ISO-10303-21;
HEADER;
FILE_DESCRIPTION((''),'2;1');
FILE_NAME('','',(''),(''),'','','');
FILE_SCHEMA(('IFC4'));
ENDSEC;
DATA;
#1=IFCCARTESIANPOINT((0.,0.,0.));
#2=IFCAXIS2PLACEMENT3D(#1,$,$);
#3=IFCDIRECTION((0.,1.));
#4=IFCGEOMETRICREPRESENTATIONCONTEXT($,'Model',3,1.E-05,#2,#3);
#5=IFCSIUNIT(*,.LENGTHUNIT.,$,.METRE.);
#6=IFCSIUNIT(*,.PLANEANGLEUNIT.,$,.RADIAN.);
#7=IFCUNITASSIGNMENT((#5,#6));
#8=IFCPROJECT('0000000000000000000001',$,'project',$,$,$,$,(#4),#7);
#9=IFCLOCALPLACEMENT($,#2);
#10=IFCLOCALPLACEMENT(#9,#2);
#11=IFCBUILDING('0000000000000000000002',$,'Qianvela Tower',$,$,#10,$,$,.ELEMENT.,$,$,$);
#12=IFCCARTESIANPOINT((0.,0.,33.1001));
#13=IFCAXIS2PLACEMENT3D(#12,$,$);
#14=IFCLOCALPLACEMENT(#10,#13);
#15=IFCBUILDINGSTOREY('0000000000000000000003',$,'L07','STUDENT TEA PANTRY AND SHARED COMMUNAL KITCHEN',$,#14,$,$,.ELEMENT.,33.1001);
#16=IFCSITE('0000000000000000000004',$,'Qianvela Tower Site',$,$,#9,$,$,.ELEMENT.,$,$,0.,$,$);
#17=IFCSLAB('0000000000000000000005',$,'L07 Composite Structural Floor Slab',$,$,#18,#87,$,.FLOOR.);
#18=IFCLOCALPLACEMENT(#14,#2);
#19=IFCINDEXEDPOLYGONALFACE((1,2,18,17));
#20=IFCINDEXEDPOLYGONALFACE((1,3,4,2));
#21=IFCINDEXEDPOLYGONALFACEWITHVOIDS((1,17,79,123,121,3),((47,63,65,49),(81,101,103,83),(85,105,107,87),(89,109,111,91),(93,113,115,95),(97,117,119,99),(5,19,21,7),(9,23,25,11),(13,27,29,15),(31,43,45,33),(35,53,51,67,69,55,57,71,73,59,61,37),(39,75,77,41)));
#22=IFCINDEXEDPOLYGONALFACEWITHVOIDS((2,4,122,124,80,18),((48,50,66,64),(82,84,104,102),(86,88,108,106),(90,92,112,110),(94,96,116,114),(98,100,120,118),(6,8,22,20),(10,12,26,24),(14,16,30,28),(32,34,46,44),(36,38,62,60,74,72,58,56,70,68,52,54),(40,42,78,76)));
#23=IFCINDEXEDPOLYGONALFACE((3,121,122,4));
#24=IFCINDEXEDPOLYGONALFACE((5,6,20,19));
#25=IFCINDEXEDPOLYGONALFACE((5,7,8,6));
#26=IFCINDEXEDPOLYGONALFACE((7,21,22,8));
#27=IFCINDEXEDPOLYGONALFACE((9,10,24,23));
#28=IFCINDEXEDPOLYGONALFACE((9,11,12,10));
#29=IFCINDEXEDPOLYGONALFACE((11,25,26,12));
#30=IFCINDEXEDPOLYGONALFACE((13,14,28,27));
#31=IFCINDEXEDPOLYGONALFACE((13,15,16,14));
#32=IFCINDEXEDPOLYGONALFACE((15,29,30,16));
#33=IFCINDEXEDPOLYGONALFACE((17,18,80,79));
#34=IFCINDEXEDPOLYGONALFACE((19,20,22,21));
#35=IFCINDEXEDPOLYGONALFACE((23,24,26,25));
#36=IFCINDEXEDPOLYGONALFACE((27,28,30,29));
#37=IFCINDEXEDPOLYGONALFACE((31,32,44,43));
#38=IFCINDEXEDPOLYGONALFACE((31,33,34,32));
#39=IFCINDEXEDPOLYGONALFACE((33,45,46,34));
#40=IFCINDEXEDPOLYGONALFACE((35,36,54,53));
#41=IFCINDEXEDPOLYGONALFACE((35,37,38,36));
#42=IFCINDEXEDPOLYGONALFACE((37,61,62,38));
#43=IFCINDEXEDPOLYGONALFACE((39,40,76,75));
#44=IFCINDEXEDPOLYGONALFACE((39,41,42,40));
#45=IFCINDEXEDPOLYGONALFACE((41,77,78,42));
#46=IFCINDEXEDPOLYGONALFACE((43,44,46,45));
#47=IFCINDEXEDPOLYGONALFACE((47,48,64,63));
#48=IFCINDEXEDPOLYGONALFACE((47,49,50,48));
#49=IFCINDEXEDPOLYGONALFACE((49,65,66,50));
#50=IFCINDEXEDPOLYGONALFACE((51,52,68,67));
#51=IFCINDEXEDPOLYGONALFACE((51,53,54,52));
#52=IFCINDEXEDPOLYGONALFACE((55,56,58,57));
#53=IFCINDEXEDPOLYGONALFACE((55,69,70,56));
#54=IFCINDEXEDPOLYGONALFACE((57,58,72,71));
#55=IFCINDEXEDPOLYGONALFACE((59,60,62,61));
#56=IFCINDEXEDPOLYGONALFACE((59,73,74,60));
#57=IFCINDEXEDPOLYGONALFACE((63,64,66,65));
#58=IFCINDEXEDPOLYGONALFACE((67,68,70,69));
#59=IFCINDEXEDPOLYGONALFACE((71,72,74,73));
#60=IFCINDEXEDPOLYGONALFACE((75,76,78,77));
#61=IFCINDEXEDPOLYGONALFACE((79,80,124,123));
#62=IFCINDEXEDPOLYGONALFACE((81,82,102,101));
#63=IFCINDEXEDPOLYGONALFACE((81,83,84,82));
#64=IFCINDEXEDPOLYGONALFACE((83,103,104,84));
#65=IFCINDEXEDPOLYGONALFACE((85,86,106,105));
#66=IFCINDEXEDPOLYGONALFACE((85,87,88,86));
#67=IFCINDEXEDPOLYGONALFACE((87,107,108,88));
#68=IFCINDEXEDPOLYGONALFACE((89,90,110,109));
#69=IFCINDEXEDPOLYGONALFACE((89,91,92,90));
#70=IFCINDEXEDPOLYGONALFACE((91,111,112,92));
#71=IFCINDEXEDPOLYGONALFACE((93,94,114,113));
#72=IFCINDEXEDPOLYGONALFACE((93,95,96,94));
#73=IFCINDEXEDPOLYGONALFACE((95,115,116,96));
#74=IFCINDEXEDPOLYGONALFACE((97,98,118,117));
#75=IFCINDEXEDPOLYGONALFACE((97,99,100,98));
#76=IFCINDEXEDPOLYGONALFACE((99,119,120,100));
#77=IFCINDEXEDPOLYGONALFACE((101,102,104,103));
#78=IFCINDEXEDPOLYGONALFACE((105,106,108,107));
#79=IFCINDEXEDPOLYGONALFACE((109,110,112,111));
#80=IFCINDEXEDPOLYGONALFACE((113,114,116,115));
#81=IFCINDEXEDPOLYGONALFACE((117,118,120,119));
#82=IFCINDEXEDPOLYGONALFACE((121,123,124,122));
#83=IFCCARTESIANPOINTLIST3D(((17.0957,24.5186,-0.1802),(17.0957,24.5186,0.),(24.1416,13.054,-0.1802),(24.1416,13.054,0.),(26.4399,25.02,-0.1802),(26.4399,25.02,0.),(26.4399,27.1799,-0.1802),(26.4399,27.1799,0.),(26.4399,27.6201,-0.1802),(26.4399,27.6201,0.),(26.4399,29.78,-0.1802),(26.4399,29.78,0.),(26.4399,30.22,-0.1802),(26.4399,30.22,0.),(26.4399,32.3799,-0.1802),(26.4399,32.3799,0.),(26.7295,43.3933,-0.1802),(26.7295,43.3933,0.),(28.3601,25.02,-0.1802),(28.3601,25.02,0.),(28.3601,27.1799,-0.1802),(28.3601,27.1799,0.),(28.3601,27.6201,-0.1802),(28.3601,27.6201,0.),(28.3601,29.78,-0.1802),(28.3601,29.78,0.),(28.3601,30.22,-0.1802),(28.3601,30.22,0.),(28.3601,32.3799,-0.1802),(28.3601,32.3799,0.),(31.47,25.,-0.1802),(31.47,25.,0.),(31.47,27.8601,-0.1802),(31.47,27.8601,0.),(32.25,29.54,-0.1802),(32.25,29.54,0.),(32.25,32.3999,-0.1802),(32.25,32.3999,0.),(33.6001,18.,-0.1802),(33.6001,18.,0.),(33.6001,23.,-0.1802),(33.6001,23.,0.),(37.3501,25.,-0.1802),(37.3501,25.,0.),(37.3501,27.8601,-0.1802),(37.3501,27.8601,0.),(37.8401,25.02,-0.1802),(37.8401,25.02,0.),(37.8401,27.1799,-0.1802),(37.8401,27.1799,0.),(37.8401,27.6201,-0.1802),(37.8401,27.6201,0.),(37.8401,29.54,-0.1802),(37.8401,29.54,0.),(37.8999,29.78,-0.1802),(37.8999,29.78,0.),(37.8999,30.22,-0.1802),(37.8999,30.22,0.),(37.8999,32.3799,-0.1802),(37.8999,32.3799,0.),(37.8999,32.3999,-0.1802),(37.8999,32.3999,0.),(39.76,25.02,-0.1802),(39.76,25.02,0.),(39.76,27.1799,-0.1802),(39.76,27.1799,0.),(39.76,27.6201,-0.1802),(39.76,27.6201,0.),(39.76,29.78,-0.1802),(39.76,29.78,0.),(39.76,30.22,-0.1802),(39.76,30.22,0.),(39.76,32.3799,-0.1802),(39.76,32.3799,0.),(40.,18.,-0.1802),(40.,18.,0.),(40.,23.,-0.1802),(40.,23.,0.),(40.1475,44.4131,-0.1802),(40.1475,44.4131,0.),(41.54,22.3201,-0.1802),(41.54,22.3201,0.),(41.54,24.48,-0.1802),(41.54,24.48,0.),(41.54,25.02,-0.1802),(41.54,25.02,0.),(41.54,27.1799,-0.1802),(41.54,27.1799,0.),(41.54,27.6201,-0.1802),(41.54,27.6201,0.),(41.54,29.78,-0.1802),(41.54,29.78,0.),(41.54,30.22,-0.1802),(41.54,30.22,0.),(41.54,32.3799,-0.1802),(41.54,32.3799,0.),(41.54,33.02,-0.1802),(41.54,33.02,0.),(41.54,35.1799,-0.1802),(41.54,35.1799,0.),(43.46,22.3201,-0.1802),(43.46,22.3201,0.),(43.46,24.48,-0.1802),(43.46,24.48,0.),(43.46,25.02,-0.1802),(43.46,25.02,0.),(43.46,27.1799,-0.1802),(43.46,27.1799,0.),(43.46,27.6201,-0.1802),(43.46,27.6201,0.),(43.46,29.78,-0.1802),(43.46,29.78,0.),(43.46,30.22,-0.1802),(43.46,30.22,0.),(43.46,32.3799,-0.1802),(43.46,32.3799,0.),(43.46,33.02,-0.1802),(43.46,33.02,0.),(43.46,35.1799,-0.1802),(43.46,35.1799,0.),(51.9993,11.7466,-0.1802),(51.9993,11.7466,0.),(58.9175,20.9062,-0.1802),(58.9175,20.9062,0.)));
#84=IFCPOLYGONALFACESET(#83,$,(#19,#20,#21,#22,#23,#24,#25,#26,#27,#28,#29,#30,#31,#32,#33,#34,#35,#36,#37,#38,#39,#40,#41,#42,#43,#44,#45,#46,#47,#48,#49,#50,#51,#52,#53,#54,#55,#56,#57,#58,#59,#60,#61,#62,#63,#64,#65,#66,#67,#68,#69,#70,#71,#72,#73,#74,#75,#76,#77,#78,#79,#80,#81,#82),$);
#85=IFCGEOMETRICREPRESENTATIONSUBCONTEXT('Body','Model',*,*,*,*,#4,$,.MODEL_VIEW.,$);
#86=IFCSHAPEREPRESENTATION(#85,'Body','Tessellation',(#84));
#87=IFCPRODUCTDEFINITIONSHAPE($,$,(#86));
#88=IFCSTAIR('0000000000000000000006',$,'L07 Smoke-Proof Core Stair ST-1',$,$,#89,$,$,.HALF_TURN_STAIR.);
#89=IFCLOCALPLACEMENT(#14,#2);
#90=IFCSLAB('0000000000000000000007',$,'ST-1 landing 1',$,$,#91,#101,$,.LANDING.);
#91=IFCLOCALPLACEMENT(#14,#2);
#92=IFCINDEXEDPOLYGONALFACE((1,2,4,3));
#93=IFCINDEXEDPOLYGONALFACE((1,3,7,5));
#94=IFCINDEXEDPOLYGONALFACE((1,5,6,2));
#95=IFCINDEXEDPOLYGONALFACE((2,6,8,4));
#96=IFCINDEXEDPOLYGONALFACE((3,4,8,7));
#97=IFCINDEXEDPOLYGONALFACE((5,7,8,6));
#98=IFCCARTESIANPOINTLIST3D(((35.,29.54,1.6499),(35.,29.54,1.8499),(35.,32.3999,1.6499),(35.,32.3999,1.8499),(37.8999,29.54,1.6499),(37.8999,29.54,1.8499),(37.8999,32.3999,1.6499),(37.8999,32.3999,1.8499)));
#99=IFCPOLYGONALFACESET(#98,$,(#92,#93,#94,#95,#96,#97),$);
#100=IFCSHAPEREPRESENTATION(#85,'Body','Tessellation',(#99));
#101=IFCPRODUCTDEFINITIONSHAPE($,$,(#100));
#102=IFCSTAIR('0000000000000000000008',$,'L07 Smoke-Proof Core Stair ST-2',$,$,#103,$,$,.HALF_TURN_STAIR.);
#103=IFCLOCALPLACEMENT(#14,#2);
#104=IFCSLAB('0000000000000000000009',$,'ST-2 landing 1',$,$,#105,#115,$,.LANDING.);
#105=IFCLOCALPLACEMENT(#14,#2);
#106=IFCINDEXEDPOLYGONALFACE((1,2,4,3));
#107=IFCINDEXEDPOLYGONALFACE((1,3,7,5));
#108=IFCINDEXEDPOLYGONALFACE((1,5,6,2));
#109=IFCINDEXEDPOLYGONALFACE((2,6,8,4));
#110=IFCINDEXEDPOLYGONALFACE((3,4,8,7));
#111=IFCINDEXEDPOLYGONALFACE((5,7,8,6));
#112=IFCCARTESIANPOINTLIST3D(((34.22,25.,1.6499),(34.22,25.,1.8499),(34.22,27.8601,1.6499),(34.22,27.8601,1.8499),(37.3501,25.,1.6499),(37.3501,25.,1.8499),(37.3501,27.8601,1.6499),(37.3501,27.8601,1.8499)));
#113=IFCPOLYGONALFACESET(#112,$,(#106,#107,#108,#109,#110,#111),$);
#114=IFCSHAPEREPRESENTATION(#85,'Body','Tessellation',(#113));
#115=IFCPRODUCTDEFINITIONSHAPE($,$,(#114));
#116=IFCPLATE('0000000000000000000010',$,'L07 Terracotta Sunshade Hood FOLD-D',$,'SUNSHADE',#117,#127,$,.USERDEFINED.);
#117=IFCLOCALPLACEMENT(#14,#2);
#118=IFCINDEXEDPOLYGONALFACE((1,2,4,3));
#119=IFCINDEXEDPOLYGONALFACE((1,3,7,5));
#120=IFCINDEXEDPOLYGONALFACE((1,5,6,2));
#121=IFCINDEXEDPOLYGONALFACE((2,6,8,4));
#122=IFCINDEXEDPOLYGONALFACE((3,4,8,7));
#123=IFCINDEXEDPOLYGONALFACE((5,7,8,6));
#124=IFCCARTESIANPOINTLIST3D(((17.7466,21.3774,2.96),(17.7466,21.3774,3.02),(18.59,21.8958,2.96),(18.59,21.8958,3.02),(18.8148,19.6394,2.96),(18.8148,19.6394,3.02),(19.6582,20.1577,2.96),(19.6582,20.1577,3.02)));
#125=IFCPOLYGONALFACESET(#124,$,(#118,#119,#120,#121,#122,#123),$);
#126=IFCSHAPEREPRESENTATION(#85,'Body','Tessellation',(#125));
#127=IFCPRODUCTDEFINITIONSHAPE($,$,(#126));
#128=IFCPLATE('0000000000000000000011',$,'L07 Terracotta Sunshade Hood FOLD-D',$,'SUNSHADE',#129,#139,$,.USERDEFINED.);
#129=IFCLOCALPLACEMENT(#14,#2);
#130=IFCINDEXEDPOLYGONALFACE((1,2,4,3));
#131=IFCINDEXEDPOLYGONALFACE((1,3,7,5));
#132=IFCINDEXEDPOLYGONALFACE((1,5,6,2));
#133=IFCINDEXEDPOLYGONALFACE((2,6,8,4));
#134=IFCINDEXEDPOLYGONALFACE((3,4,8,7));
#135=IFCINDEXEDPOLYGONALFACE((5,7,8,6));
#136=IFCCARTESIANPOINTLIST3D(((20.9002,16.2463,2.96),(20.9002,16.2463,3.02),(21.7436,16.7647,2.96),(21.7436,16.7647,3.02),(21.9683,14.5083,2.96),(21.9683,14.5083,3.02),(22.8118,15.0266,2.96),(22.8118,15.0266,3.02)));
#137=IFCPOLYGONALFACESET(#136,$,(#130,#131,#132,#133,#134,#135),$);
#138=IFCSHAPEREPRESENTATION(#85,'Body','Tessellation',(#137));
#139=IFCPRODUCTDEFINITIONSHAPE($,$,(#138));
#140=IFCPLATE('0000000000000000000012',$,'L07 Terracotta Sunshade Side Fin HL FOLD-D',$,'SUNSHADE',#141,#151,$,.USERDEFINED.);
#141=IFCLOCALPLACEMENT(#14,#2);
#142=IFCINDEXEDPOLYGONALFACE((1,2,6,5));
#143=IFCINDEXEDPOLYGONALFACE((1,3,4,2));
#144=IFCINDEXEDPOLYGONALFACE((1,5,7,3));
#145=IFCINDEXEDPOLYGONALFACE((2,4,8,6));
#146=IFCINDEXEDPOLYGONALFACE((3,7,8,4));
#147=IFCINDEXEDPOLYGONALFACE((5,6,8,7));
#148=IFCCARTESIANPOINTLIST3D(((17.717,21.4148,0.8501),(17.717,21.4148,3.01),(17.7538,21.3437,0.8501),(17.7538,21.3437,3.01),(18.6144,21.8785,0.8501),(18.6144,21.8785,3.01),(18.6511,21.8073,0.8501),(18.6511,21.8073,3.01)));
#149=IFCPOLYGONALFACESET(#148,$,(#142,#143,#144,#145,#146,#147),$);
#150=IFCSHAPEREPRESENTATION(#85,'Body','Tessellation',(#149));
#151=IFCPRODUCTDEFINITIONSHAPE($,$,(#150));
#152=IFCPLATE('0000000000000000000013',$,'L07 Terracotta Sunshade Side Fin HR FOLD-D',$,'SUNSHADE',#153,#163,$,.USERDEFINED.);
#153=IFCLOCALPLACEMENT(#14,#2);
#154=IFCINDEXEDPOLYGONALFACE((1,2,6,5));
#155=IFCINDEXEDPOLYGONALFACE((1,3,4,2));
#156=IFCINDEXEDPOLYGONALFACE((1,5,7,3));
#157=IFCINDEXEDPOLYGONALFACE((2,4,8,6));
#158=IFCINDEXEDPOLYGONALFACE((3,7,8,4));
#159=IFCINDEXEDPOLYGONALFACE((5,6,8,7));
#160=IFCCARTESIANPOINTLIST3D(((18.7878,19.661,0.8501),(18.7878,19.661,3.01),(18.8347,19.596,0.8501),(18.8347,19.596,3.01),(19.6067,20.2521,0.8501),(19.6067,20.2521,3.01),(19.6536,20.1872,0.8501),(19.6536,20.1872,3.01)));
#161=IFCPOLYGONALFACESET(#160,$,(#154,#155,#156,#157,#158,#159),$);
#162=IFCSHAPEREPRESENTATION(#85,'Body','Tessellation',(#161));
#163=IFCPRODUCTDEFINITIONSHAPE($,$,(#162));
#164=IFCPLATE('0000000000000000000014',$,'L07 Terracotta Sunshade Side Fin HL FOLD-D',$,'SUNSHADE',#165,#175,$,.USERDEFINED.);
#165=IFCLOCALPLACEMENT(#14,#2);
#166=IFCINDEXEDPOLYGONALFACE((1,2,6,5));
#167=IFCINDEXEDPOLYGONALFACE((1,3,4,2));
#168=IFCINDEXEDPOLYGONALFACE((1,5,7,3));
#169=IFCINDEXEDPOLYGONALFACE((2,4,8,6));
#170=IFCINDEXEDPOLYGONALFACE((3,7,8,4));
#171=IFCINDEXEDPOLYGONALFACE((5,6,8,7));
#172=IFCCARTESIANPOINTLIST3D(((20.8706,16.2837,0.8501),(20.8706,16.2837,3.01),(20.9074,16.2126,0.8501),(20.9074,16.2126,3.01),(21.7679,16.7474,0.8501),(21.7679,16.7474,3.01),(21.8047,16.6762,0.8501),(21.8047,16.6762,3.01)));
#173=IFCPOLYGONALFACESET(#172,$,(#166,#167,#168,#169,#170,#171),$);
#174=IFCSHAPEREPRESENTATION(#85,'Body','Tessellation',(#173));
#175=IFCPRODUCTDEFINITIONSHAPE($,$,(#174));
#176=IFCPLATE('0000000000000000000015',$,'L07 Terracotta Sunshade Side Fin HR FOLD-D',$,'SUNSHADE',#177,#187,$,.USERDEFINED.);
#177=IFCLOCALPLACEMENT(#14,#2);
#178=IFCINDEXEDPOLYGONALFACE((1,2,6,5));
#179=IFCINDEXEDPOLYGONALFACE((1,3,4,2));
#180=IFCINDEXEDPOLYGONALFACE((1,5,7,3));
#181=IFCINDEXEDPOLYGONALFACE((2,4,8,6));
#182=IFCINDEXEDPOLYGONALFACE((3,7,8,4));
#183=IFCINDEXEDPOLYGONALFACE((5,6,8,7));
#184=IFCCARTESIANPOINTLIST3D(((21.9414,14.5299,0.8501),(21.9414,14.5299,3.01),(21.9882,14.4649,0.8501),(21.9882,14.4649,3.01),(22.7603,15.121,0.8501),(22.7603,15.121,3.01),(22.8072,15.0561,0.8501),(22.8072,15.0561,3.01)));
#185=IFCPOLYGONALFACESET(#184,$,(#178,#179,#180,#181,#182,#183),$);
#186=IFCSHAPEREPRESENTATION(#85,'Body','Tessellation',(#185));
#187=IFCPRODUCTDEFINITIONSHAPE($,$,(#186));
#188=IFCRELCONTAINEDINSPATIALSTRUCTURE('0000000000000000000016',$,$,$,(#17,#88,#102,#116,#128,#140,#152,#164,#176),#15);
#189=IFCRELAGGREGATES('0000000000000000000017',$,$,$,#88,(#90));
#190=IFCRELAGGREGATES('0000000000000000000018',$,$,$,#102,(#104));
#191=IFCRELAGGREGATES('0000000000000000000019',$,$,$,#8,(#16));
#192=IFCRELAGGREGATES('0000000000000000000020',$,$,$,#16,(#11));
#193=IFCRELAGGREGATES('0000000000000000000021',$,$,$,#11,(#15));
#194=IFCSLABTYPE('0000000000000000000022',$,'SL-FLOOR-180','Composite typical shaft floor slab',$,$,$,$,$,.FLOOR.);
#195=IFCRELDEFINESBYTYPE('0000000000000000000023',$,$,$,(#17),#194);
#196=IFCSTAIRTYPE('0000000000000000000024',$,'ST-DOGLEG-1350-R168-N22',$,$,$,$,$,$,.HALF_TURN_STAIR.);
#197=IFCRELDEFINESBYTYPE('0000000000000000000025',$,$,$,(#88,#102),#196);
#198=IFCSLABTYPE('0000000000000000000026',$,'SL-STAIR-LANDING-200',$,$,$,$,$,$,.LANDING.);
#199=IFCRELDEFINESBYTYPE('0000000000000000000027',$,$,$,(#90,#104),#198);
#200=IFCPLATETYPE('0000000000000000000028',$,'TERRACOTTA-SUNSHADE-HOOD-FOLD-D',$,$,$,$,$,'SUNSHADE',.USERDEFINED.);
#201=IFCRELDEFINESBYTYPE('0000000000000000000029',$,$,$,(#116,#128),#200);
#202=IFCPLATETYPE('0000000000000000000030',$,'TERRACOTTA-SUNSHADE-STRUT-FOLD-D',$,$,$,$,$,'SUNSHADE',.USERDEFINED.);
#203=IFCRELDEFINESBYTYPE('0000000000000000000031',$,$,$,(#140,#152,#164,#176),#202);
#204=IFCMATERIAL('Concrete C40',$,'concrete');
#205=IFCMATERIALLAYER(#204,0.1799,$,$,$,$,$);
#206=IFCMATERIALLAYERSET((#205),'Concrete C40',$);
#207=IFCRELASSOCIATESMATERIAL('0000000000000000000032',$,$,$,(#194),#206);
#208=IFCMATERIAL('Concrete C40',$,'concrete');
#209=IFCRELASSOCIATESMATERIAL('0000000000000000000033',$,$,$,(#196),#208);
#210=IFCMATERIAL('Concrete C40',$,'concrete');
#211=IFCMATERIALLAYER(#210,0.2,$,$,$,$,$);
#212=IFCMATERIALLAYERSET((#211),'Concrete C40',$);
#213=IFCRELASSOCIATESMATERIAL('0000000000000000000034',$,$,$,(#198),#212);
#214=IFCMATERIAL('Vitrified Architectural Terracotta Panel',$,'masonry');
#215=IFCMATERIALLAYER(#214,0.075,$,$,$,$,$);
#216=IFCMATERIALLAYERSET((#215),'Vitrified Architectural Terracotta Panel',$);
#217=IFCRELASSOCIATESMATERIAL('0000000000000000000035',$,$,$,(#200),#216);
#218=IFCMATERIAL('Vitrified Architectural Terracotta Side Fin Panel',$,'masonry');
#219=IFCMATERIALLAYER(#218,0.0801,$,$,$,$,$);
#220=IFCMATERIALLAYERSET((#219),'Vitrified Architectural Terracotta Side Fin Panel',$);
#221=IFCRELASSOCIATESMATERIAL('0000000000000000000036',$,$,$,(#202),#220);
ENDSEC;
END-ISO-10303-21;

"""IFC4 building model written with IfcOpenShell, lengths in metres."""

from ifc_helpers import new_model, si_unit, direction, frame, origin, origin_2d, place, context, subcontext, project, spatial, polyline, rectangle, outline, extrude, material, layer, layer_set, type_object, element, aggregate, save


model = new_model("IFC4")

# Units and contexts
model_context = context("Model", 3, precision=1e-05, world=origin(), true_north=direction((0.0, 1.0)))
body_context = subcontext(model_context, "Body", "Model", "MODEL_VIEW")
ifc_project = project(units=[si_unit("LENGTHUNIT", "METRE"), si_unit("PLANEANGLEUNIT", "RADIAN")], contexts=[model_context])

# Site, building, storey
site_placement = place(None, origin())
site = spatial("IfcSite", under=ifc_project, at=site_placement, Name="Qianvela Tower Site", CompositionType="ELEMENT", RefElevation=0.0)
building_placement = place(site_placement, origin())
building = spatial("IfcBuilding", under=site, at=building_placement, Name="Qianvela Tower", CompositionType="ELEMENT")
storey_placement = place(building_placement, frame((0.0, 0.0, 33.1001)))
storey = spatial("IfcBuildingStorey", under=building, at=storey_placement, Name="L07", Description="STUDENT TEA PANTRY AND SHARED COMMUNAL KITCHEN", CompositionType="ELEMENT", Elevation=33.1001)

# Slab
ifc_material_1 = material(Name="Concrete C40", Category="concrete")
ifc_layer_1 = layer(ifc_material_1, 0.1799)
ifc_layer_set_1 = layer_set([ifc_layer_1], Name="Concrete C40")
slab_type_1 = type_object("IfcSlabType", Name="SL-FLOOR-180", Description="Composite typical shaft floor slab", PredefinedType="FLOOR", material=ifc_layer_set_1)
slab_1_placement = place(storey_placement, frame((0.0, 0.0, -0.1802)))
element("IfcSlab", 1, at=slab_1_placement, inside=storey, type_object=slab_type_1, Name="L07 Composite Structural Floor Slab", PredefinedType="FLOOR", context=body_context, shape_type="SweptSolid", body=[
    extrude(outline(polyline([(51.9993, 11.7466), (58.9175, 20.9062), (40.1475, 44.4131), (26.7295, 43.3933), (17.0957, 24.5186), (24.1416, 13.054), (51.9993, 11.7466)]), holes=[polyline([(40.0, 23.0), (33.6001, 23.0), (33.6001, 18.0), (40.0, 18.0), (40.0, 23.0)]), polyline([(28.3601, 25.02), (28.3601, 27.1799), (26.4399, 27.1799), (26.4399, 25.02), (28.3601, 25.02)]), polyline([(37.3501, 25.0), (37.3501, 27.8601), (31.47, 27.8601), (31.47, 25.0), (37.3501, 25.0)]), polyline([(28.3601, 27.6201), (28.3601, 29.78), (26.4399, 29.78), (26.4399, 27.6201), (28.3601, 27.6201)]), polyline([(37.8999, 32.3799), (37.8999, 32.3999), (32.25, 32.3999), (32.25, 29.54), (37.8401, 29.54), (37.8401, 27.6201), (39.76, 27.6201), (39.76, 29.78), (37.8999, 29.78), (37.8999, 30.22), (39.76, 30.22), (39.76, 32.3799), (37.8999, 32.3799)]), polyline([(28.3601, 30.22), (28.3601, 32.3799), (26.4399, 32.3799), (26.4399, 30.22), (28.3601, 30.22)]), polyline([(43.46, 24.48), (41.54, 24.48), (41.54, 22.3201), (43.46, 22.3201), (43.46, 24.48)]), polyline([(39.76, 25.02), (39.76, 27.1799), (37.8401, 27.1799), (37.8401, 25.02), (39.76, 25.02)]), polyline([(43.46, 25.02), (43.46, 27.1799), (41.54, 27.1799), (41.54, 25.02), (43.46, 25.02)]), polyline([(43.46, 27.6201), (43.46, 29.78), (41.54, 29.78), (41.54, 27.6201), (43.46, 27.6201)]), polyline([(43.46, 30.22), (43.46, 32.3799), (41.54, 32.3799), (41.54, 30.22), (43.46, 30.22)]), polyline([(43.46, 33.02), (43.46, 35.1799), (41.54, 35.1799), (41.54, 33.02), (43.46, 33.02)])]), origin(), (0.0, 0.0, 1.0), 0.1802),
])

# Stairs, slabs
ifc_material_2 = material(Name="Concrete C40", Category="concrete")
stair_type = type_object("IfcStairType", Name="ST-DOGLEG-1350-R168-N22", PredefinedType="HALF_TURN_STAIR", material=ifc_material_2)
stair_1_placement = place(storey_placement, origin())
stair_1 = element("IfcStair", 2, at=stair_1_placement, inside=storey, type_object=stair_type, Name="L07 Smoke-Proof Core Stair ST-1", PredefinedType="HALF_TURN_STAIR")
ifc_material_3 = material(Name="Concrete C40", Category="concrete")
ifc_layer_2 = layer(ifc_material_3, 0.2)
ifc_layer_set_2 = layer_set([ifc_layer_2], Name="Concrete C40")
slab_type_2 = type_object("IfcSlabType", Name="SL-STAIR-LANDING-200", PredefinedType="LANDING", material=ifc_layer_set_2)
slab_2_placement = place(storey_placement, frame((0.0, 0.0, 1.6499)))
slab_2 = element("IfcSlab", 3, at=slab_2_placement, type_object=slab_type_2, Name="ST-1 landing 1", PredefinedType="LANDING", context=body_context, shape_type="SweptSolid", body=[
    extrude(outline(polyline([(35.0, 29.54), (37.8999, 29.54), (37.8999, 32.3999), (35.0, 32.3999), (35.0, 29.54)])), origin(), (0.0, 0.0, 1.0), 0.2),
])
aggregate(stair_1, [slab_2])
stair_2_placement = place(storey_placement, origin())
stair_2 = element("IfcStair", 4, at=stair_2_placement, inside=storey, type_object=stair_type, Name="L07 Smoke-Proof Core Stair ST-2", PredefinedType="HALF_TURN_STAIR")
slab_3_placement = place(storey_placement, frame((0.0, 0.0, 1.6499)))
slab_3 = element("IfcSlab", 5, at=slab_3_placement, type_object=slab_type_2, Name="ST-2 landing 1", PredefinedType="LANDING", context=body_context, shape_type="SweptSolid", body=[
    extrude(outline(polyline([(34.22, 25.0), (37.3501, 25.0), (37.3501, 27.8601), (34.22, 27.8601), (34.22, 25.0)])), origin(), (0.0, 0.0, 1.0), 0.2),
])
aggregate(stair_2, [slab_3])

# Plates
ifc_material_4 = material(Name="Vitrified Architectural Terracotta Panel", Category="masonry")
ifc_layer_3 = layer(ifc_material_4, 0.075)
ifc_layer_set_3 = layer_set([ifc_layer_3], Name="Vitrified Architectural Terracotta Panel")
plate_type_1 = type_object("IfcPlateType", Name="TERRACOTTA-SUNSHADE-HOOD-FOLD-D", ElementType="SUNSHADE", PredefinedType="USERDEFINED", material=ifc_layer_set_3)
for number, where, z_axis, x_axis, name in (
    (6, (18.7024, 20.7676, 2.96), (0.0, 0.0, 1.0), (0.523599, -0.851965, 0.0), "L07 Terracotta Sunshade Hood FOLD-D"),
    (7, (21.856, 15.6365, 2.96), (0.0, 0.0, 1.0), (0.523599, -0.851965, 0.0), "L07 Terracotta Sunshade Hood FOLD-D"),
):
    element("IfcPlate", number, at=place(storey_placement, frame(where, z_axis=z_axis, x_axis=x_axis)), inside=storey, type_object=plate_type_1, Name=name, ObjectType="SUNSHADE", PredefinedType="USERDEFINED", context=body_context, shape_type="SweptSolid", body=[
        extrude(rectangle(XDim=2.04, YDim=0.99, at=origin_2d()), origin(), (0.0, 0.0, 1.0), 0.0601),
    ])
ifc_material_5 = material(Name="Vitrified Architectural Terracotta Side Fin Panel", Category="masonry")
ifc_layer_4 = layer(ifc_material_5, 0.0801)
ifc_layer_set_4 = layer_set([ifc_layer_4], Name="Vitrified Architectural Terracotta Side Fin Panel")
plate_type_2 = type_object("IfcPlateType", Name="TERRACOTTA-SUNSHADE-STRUT-FOLD-D", ElementType="SUNSHADE", PredefinedType="USERDEFINED", material=ifc_layer_set_4)
for number, where, z_axis, x_axis, name in (
    (8, (18.1841, 21.6111, 0.8501), (0.0, 0.0, 1.0), (0.459022, -0.888425, 0.0), "L07 Terracotta Sunshade Side Fin HL FOLD-D"),
    (9, (19.2207, 19.9241, 0.8501), (0.0, 0.0, 1.0), (0.585297, -0.810819, 0.0), "L07 Terracotta Sunshade Side Fin HR FOLD-D"),
    (10, (21.3376, 16.48, 0.8501), (0.0, 0.0, 1.0), (0.459022, -0.888425, 0.0), "L07 Terracotta Sunshade Side Fin HL FOLD-D"),
    (11, (22.3743, 14.793, 0.8501), (0.0, 0.0, 1.0), (0.585297, -0.810819, 0.0), "L07 Terracotta Sunshade Side Fin HR FOLD-D"),
):
    element("IfcPlate", number, at=place(storey_placement, frame(where, z_axis=z_axis, x_axis=x_axis)), inside=storey, type_object=plate_type_2, Name=name, ObjectType="SUNSHADE", PredefinedType="USERDEFINED", context=body_context, shape_type="SweptSolid", body=[
        extrude(rectangle(XDim=0.0801, YDim=1.01, at=origin_2d()), origin(), (0.0, 0.0, 1.0), 2.1599),
    ])

save(model, "model.ifc")
